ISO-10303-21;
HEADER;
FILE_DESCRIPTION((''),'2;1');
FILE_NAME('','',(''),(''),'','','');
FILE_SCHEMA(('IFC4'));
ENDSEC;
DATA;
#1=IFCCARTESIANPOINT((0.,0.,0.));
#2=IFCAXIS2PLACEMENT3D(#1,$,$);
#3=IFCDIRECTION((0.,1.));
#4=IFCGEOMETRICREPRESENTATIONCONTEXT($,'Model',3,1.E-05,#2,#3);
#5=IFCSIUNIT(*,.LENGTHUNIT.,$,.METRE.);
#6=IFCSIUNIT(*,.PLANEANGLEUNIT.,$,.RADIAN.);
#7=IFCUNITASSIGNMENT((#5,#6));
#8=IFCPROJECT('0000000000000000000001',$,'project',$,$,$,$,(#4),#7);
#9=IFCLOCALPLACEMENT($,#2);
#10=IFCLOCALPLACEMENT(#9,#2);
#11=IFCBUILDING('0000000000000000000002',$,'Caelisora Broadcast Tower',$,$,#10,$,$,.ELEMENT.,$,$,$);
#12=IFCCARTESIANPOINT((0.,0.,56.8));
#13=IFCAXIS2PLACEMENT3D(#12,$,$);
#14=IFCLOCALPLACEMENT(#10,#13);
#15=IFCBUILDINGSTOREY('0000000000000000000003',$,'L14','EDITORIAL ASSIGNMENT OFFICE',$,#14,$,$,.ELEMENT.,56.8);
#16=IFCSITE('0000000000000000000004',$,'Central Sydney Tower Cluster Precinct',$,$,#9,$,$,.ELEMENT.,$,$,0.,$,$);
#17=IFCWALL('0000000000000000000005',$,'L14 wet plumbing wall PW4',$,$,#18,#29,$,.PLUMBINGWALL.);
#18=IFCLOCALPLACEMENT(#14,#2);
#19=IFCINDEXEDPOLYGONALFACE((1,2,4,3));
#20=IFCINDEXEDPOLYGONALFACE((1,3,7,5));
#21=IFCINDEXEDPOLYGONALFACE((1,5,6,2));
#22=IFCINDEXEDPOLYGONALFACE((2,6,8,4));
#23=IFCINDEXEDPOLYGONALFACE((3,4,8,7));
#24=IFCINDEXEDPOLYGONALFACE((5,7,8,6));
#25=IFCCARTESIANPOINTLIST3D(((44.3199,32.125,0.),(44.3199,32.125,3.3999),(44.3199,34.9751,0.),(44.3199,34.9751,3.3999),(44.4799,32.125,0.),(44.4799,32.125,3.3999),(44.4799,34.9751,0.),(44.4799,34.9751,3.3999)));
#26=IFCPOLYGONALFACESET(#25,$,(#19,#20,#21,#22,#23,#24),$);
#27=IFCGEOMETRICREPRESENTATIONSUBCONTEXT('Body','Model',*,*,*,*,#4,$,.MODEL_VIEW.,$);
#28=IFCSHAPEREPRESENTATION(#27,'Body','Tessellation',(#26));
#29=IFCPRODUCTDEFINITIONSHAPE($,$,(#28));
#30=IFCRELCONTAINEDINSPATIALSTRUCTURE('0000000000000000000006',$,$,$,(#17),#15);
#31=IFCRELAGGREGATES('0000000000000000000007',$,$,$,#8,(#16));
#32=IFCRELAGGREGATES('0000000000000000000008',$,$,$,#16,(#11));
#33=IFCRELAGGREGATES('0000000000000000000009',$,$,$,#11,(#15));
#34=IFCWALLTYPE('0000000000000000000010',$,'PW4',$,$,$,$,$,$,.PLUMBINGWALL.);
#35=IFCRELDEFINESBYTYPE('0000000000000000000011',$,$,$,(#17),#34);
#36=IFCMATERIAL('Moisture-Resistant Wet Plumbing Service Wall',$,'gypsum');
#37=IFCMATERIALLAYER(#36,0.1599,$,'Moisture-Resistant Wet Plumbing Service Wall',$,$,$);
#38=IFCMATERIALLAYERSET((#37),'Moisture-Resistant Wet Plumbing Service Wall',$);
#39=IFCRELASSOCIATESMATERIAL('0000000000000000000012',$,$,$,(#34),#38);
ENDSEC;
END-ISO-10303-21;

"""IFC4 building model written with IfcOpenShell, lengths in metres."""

from ifc_helpers import new_model, si_unit, direction, frame, frame_2d, origin, place, context, subcontext, project, spatial, rectangle, extrude, material, layer, layer_set, type_object, element, save


model = new_model("IFC4")

# Units and contexts
model_context = context("Model", 3, precision=1e-05, world=origin(), true_north=direction((0.0, 1.0)))
body_context = subcontext(model_context, "Body", "Model", "MODEL_VIEW")
ifc_project = project(units=[si_unit("LENGTHUNIT", "METRE"), si_unit("PLANEANGLEUNIT", "RADIAN")], contexts=[model_context])

# Site, building, storey
site_placement = place(None, origin())
site = spatial("IfcSite", under=ifc_project, at=site_placement, Name="Central Sydney Tower Cluster Precinct", CompositionType="ELEMENT", RefElevation=0.0)
building_placement = place(site_placement, origin())
building = spatial("IfcBuilding", under=site, at=building_placement, Name="Caelisora Broadcast Tower", CompositionType="ELEMENT")
storey_placement = place(building_placement, frame((0.0, 0.0, 56.8)))
storey = spatial("IfcBuildingStorey", under=building, at=storey_placement, Name="L14", Description="EDITORIAL ASSIGNMENT OFFICE", CompositionType="ELEMENT", Elevation=56.8)

# Shared definitions
ifc_material_1 = material(Name="Moisture-Resistant Wet Plumbing Service Wall", Category="gypsum")
ifc_layer_1 = layer(ifc_material_1, 0.1599, Name="Moisture-Resistant Wet Plumbing Service Wall")
ifc_layer_set_1 = layer_set([ifc_layer_1], Name="Moisture-Resistant Wet Plumbing Service Wall")
wall_type_1 = type_object("IfcWallType", Name="PW4", PredefinedType="PLUMBINGWALL", material=ifc_layer_set_1)

# Wall
for number, where, z_axis, x_axis, name in (
    (1, (44.3999, 32.125, 0.0), (0.0, 0.0, 1.0), (0.0, 1.0, 0.0), "L14 wet plumbing wall PW4"),
):
    element("IfcWall", number, at=place(storey_placement, frame(where, z_axis=z_axis, x_axis=x_axis)), inside=storey, type_object=wall_type_1, Name=name, PredefinedType="PLUMBINGWALL", context=body_context, shape_type="SweptSolid", body=[
        extrude(rectangle(XDim=2.8501, YDim=0.1599, at=frame_2d((1.425, 0.0))), origin(), (0.0, 0.0, 1.0), 3.3999),
    ])

save(model, "model.ifc")
